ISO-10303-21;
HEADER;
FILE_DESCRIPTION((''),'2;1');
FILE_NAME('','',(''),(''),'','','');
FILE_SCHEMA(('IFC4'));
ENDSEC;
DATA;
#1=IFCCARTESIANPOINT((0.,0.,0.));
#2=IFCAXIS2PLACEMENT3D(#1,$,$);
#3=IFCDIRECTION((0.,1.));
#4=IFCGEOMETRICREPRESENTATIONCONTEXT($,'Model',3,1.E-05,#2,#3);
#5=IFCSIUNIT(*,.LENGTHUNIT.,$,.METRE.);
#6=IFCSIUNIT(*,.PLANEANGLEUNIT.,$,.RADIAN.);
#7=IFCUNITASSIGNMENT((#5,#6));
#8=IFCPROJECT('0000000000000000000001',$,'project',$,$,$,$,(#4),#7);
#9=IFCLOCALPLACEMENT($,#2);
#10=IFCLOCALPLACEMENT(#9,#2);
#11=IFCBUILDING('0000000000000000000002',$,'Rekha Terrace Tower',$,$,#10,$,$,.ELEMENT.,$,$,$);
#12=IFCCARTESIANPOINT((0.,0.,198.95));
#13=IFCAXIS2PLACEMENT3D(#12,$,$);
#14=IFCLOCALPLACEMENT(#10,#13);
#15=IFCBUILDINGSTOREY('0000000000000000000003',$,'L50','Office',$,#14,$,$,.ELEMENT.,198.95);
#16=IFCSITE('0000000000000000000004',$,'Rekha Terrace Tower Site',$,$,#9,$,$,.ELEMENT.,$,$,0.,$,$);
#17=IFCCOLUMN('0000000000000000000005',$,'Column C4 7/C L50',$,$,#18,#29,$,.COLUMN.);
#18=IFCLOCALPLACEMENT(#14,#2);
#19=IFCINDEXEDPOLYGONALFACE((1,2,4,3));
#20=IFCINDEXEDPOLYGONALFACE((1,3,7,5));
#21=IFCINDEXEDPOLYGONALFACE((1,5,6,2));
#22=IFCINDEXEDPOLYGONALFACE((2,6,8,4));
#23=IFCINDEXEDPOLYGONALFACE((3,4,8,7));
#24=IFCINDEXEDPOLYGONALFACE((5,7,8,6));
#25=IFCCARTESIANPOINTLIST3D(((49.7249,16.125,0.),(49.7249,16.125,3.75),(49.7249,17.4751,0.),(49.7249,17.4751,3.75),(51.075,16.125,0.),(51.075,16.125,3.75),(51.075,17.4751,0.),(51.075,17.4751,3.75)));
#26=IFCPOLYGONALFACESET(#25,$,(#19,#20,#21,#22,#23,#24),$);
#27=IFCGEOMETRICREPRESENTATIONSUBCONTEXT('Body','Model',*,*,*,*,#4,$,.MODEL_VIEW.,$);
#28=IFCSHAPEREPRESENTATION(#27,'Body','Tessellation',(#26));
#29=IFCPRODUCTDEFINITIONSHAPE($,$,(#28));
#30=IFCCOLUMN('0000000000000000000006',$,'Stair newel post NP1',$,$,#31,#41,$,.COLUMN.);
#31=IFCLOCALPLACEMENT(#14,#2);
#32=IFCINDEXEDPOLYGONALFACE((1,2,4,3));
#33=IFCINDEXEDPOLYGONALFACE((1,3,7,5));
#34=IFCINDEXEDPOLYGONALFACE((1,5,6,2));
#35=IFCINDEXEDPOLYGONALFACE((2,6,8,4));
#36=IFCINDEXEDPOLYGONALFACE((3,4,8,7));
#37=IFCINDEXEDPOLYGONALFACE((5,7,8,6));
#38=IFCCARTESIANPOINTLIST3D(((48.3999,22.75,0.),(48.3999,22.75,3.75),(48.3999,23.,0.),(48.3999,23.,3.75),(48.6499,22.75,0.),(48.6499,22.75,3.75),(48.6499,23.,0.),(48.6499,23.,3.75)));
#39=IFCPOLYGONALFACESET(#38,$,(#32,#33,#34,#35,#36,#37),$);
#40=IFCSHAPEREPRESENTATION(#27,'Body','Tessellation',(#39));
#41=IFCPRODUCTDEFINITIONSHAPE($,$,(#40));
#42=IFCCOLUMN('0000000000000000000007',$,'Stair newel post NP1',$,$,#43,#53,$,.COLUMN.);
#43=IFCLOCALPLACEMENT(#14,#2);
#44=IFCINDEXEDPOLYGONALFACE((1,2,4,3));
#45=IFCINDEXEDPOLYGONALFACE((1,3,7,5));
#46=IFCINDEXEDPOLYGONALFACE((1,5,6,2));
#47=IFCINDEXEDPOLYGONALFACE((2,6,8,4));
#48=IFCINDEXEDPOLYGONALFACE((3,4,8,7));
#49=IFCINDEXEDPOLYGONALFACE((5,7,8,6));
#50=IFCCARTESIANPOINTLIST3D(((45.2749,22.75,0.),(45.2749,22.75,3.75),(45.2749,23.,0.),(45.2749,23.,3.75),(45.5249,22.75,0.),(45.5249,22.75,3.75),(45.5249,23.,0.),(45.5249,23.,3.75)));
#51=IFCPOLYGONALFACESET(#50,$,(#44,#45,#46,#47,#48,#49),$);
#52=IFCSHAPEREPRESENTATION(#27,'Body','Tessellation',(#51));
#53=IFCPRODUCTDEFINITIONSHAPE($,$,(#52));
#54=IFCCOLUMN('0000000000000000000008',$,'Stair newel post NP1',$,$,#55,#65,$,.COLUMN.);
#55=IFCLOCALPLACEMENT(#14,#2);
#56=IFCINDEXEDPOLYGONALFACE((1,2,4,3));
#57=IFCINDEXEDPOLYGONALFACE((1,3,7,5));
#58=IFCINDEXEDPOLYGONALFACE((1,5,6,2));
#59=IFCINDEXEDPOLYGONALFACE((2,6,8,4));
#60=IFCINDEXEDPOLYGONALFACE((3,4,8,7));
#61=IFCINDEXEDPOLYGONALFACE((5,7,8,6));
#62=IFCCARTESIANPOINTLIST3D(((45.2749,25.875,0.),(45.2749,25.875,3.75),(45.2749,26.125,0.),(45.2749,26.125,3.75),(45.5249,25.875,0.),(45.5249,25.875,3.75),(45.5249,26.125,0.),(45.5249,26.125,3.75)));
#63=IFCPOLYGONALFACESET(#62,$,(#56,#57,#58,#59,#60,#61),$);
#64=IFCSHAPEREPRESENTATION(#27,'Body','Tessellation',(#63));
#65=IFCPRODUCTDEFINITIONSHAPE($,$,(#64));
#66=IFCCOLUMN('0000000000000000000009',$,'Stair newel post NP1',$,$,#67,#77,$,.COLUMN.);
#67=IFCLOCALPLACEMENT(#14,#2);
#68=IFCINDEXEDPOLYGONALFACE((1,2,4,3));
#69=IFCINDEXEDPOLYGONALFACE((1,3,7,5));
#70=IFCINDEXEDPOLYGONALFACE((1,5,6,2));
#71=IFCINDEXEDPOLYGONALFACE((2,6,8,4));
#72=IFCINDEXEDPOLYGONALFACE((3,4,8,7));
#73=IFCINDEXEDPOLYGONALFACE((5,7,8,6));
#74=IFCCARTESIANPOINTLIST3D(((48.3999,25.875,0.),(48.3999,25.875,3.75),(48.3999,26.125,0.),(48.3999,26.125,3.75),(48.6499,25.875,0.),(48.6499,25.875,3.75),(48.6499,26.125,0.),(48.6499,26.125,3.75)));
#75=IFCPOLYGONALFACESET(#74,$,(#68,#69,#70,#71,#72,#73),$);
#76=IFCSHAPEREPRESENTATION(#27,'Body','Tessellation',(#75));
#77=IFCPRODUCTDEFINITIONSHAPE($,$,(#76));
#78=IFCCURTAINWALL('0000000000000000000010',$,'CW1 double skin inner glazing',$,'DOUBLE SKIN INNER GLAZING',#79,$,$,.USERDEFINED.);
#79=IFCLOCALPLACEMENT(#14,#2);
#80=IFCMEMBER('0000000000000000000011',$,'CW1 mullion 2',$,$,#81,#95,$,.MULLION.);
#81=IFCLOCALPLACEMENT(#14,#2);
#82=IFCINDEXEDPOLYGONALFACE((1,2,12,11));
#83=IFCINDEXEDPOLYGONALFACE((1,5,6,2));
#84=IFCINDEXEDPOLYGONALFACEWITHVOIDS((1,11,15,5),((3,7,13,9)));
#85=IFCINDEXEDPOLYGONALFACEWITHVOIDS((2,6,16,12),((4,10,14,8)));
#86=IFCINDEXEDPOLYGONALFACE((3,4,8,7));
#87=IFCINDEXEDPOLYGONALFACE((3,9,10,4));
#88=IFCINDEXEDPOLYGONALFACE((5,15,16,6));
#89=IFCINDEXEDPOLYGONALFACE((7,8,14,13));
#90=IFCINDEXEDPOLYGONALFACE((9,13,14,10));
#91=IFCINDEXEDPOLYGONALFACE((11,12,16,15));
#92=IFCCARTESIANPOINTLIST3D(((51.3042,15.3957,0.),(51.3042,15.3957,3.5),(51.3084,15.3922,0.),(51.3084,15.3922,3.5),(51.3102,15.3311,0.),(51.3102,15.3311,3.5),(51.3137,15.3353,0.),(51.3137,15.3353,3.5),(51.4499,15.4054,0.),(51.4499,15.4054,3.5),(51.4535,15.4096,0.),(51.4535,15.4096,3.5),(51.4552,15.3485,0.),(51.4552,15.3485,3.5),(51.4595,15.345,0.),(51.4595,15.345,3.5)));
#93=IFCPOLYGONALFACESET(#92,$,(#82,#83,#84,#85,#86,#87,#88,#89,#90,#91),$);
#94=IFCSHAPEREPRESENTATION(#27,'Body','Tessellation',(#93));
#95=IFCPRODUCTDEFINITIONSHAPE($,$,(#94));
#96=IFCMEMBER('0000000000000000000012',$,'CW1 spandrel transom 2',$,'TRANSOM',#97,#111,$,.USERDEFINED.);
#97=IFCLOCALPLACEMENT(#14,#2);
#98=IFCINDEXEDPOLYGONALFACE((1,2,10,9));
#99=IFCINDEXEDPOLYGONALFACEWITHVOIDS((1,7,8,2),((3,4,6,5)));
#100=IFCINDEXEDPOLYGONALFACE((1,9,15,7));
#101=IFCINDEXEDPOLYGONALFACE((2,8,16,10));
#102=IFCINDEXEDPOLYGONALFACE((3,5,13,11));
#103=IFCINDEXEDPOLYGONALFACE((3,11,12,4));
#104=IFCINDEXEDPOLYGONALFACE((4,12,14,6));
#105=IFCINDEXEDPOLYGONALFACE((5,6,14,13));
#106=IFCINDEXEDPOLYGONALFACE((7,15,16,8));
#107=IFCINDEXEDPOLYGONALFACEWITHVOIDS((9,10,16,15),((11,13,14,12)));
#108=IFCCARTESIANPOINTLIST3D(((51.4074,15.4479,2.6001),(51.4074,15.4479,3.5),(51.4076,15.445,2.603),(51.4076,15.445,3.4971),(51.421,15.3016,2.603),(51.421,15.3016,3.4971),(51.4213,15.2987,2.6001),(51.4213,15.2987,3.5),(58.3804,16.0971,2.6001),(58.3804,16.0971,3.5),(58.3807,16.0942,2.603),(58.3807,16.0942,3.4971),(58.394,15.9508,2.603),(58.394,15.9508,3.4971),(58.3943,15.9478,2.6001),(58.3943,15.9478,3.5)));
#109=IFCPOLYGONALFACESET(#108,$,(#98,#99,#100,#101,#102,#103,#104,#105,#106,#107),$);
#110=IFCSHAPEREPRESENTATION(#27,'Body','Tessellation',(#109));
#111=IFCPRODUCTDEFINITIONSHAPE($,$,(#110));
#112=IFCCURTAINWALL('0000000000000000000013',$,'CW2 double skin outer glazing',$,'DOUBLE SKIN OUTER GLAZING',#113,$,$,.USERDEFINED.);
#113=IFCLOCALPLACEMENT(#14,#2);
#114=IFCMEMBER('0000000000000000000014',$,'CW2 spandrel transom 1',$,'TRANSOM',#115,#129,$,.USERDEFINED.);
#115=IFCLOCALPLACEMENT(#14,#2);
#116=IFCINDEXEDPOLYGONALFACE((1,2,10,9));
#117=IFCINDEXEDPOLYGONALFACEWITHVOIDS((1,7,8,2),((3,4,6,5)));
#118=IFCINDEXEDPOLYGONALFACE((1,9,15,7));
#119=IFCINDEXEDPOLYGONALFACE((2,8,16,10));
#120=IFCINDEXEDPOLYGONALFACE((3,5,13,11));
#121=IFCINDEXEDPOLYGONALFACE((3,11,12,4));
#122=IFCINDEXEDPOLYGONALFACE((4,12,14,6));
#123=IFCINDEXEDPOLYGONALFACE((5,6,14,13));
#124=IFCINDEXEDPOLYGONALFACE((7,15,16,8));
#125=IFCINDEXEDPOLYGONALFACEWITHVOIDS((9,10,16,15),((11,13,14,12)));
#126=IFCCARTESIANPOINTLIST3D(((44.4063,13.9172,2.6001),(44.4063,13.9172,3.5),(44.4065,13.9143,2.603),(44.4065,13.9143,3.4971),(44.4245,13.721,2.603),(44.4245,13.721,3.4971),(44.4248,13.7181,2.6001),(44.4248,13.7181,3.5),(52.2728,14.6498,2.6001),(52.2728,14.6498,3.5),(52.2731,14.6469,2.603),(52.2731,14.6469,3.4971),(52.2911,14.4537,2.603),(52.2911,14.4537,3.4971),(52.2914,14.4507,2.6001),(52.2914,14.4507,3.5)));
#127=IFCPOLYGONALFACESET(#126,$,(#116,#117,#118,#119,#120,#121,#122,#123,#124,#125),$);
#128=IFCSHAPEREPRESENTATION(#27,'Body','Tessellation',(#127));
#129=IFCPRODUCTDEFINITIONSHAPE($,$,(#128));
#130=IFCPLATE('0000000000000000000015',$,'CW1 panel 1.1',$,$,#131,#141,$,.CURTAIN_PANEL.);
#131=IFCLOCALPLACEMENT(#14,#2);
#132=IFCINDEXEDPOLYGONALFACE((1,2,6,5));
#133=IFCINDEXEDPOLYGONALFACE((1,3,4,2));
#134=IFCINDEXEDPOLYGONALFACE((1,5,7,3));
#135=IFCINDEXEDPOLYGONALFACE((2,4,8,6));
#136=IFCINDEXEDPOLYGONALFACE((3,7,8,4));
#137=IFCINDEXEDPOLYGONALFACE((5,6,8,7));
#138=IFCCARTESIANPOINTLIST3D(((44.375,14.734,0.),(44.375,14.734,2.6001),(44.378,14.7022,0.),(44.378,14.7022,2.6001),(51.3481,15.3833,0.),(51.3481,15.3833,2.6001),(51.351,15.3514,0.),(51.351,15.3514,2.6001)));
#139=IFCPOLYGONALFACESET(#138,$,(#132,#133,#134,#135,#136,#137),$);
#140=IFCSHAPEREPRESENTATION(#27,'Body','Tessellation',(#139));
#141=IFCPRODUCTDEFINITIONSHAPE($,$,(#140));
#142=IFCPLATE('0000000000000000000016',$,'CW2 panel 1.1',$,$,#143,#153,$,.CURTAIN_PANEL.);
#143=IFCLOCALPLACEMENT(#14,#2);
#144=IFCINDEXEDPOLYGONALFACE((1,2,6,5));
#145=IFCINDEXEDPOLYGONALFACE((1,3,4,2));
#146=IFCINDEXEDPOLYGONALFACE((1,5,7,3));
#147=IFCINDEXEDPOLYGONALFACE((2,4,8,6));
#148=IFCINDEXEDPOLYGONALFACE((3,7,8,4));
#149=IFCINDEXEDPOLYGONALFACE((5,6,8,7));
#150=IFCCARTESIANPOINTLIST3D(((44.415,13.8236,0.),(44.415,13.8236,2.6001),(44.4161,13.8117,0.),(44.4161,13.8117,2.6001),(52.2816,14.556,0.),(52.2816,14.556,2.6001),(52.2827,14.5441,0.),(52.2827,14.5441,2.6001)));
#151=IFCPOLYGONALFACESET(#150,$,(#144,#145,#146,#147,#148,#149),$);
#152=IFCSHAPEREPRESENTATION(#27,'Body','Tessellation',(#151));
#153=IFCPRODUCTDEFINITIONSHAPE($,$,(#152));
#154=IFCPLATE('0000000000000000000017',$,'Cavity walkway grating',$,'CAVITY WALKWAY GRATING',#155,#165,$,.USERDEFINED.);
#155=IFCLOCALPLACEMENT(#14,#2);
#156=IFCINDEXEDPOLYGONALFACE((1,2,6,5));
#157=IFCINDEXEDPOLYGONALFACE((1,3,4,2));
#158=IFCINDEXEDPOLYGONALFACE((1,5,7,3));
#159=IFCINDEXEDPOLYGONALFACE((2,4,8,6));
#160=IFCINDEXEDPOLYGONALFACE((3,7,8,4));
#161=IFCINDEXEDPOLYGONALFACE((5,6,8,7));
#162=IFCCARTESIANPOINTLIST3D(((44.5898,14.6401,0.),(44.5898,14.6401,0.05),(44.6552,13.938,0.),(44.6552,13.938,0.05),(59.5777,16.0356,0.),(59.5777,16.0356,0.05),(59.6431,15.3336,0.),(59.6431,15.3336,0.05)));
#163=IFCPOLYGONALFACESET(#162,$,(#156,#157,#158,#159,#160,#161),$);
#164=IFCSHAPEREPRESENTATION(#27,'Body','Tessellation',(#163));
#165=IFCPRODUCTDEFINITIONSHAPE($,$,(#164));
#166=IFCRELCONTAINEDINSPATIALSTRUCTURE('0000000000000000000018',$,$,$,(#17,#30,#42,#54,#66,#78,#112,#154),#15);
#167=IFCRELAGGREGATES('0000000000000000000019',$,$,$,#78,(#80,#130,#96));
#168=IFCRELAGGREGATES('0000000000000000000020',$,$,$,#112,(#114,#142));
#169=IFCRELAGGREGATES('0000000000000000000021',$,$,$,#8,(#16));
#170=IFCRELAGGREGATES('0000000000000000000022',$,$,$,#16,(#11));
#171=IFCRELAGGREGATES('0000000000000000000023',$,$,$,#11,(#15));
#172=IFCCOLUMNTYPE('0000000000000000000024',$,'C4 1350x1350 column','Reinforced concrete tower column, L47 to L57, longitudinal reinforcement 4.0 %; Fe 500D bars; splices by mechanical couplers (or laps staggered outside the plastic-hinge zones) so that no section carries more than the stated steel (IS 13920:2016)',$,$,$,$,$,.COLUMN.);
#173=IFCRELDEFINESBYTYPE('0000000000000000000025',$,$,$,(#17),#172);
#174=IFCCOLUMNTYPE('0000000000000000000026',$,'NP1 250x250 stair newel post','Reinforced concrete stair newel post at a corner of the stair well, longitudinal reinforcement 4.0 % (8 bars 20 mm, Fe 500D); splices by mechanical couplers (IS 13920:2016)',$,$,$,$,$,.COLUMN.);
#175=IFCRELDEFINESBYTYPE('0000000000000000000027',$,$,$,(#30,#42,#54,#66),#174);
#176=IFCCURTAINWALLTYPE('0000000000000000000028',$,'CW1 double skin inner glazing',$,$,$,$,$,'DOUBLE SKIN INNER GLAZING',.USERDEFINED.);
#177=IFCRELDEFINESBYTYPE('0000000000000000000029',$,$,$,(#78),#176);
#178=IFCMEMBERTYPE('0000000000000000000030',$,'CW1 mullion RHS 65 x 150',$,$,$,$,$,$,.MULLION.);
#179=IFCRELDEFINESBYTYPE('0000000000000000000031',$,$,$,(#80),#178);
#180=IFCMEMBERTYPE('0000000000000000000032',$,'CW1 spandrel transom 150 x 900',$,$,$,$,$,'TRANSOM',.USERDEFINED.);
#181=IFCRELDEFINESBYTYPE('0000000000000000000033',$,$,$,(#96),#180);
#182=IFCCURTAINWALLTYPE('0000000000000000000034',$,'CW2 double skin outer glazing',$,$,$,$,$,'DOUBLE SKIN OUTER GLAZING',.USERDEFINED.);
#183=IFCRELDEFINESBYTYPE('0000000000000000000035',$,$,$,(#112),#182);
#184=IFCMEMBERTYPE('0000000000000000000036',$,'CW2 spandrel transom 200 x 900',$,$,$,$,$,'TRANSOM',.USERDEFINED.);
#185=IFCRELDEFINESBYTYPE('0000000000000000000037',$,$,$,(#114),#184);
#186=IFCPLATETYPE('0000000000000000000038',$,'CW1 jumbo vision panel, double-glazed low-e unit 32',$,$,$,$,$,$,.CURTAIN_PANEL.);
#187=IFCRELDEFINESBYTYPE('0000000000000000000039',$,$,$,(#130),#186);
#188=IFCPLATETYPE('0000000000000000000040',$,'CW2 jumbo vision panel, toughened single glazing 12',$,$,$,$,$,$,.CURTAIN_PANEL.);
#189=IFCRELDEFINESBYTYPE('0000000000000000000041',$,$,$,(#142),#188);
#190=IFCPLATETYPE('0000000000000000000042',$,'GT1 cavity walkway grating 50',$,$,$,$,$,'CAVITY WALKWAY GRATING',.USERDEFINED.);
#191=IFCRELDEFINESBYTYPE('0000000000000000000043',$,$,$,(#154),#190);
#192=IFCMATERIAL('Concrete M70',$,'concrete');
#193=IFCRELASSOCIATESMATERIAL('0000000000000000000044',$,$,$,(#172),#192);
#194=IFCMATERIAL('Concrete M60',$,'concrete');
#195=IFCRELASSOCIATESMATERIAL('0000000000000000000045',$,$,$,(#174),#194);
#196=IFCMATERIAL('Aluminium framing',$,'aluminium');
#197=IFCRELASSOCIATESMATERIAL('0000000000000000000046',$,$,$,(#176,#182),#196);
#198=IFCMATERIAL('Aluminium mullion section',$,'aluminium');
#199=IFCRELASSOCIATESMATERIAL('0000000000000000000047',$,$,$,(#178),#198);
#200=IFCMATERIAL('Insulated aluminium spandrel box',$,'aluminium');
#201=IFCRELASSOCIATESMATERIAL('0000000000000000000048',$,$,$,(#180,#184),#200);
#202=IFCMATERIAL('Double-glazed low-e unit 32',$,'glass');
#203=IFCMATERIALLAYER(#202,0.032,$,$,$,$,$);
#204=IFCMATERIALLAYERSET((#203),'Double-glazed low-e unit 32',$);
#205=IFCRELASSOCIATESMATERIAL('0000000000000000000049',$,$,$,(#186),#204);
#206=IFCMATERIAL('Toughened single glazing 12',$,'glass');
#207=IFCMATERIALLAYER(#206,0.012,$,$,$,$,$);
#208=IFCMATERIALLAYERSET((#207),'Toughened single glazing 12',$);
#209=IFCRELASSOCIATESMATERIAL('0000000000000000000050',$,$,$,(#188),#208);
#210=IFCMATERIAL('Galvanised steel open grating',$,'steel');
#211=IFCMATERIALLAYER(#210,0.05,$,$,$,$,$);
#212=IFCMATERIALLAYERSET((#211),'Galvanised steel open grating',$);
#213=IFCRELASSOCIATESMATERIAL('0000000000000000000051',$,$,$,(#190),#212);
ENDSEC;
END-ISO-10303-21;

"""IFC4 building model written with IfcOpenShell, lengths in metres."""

from ifc_helpers import new_model, si_unit, direction, frame, origin, origin_2d, place, context, subcontext, project, spatial, rectangle, hollow_rectangle, extrude, material, layer, layer_set, material_profile, profile_set, type_object, element, aggregate, save


model = new_model("IFC4")

# Units and contexts
model_context = context("Model", 3, precision=1e-05, world=origin(), true_north=direction((0.0, 1.0)))
body_context = subcontext(model_context, "Body", "Model", "MODEL_VIEW")
ifc_project = project(units=[si_unit("LENGTHUNIT", "METRE"), si_unit("PLANEANGLEUNIT", "RADIAN")], contexts=[model_context])

# Site, building, storey
site_placement = place(None, origin())
site = spatial("IfcSite", under=ifc_project, at=site_placement, Name="Rekha Terrace Tower Site", CompositionType="ELEMENT", RefElevation=0.0)
building_placement = place(site_placement, origin())
building = spatial("IfcBuilding", under=site, at=building_placement, Name="Rekha Terrace Tower", CompositionType="ELEMENT")
storey_placement = place(building_placement, frame((0.0, 0.0, 198.95)))
storey = spatial("IfcBuildingStorey", under=building, at=storey_placement, Name="L50", Description="Office", CompositionType="ELEMENT", Elevation=198.95)

# Columns
ifc_material_1 = material(Name="Concrete M70", Category="concrete")
ifc_material_profile_1 = material_profile(ifc_material_1, rectangle(XDim=1.3501, YDim=1.3501, at=origin_2d()), Name="RC 1350x1350")
ifc_profile_set_1 = profile_set([ifc_material_profile_1], Name="Concrete M70")
column_type_1 = type_object("IfcColumnType", Name="C4 1350x1350 column", Description="Reinforced concrete tower column, L47 to L57, longitudinal reinforcement 4.0 %; Fe 500D bars; splices by mechanical couplers (or laps staggered outside the plastic-hinge zones) so that no section carries more than the stated steel (IS 13920:2016)", PredefinedType="COLUMN", material=ifc_profile_set_1)
column_placement = place(storey_placement, frame((50.3999, 16.8, 0.0), z_axis=(0.0, 0.0, 1.0), x_axis=(1.0, 0.0, 0.0)))
element("IfcColumn", 1, at=column_placement, inside=storey, type_object=column_type_1, Name="Column C4 7/C L50", PredefinedType="COLUMN", context=body_context, shape_type="SweptSolid", body=[
    extrude(rectangle(XDim=1.3501, YDim=1.3501, at=origin_2d()), origin(), (0.0, 0.0, 1.0), 3.75),
])
ifc_material_2 = material(Name="Concrete M60", Category="concrete")
ifc_material_profile_2 = material_profile(ifc_material_2, rectangle(XDim=0.25, YDim=0.25, at=origin_2d()), Name="RC 250x250")
ifc_profile_set_2 = profile_set([ifc_material_profile_2], Name="Concrete M60")
column_type_2 = type_object("IfcColumnType", Name="NP1 250x250 stair newel post", Description="Reinforced concrete stair newel post at a corner of the stair well, longitudinal reinforcement 4.0 % (8 bars 20 mm, Fe 500D); splices by mechanical couplers (IS 13920:2016)", PredefinedType="COLUMN", material=ifc_profile_set_2)
for number, where, z_axis, x_axis, name in (
    (2, (48.5249, 22.875, 0.0), (0.0, 0.0, 1.0), (1.0, 0.0, 0.0), "Stair newel post NP1"),
    (3, (45.3999, 22.875, 0.0), (0.0, 0.0, 1.0), (1.0, 0.0, 0.0), "Stair newel post NP1"),
    (4, (45.3999, 26.0, 0.0), (0.0, 0.0, 1.0), (1.0, 0.0, 0.0), "Stair newel post NP1"),
    (5, (48.5249, 26.0, 0.0), (0.0, 0.0, 1.0), (1.0, 0.0, 0.0), "Stair newel post NP1"),
):
    element("IfcColumn", number, at=place(storey_placement, frame(where, z_axis=z_axis, x_axis=x_axis)), inside=storey, type_object=column_type_2, Name=name, PredefinedType="COLUMN", context=body_context, shape_type="SweptSolid", body=[
        extrude(rectangle(XDim=0.25, YDim=0.25, at=origin_2d()), origin(), (0.0, 0.0, 1.0), 3.75),
    ])

# Curtain wall, members
ifc_material_3 = material(Name="Aluminium framing", Category="aluminium")
curtain_wall_type_1 = type_object("IfcCurtainWallType", Name="CW1 double skin inner glazing", ElementType="DOUBLE SKIN INNER GLAZING", PredefinedType="USERDEFINED", material=ifc_material_3)
curtain_wall_1_placement = place(storey_placement, origin())
curtain_wall_1 = element("IfcCurtainWall", 6, at=curtain_wall_1_placement, inside=storey, type_object=curtain_wall_type_1, Name="CW1 double skin inner glazing", ObjectType="DOUBLE SKIN INNER GLAZING", PredefinedType="USERDEFINED")
ifc_material_4 = material(Name="Aluminium mullion section", Category="aluminium")
ifc_material_profile_3 = material_profile(ifc_material_4, hollow_rectangle(XDim=0.0649, YDim=0.1499, WallThickness=0.0039, at=origin_2d()), Name="AL RHS 65x150")
ifc_profile_set_3 = profile_set([ifc_material_profile_3], Name="Aluminium mullion section")
member_type_1 = type_object("IfcMemberType", Name="CW1 mullion RHS 65 x 150", PredefinedType="MULLION", material=ifc_profile_set_3)
member_1_placement = place(storey_placement, frame((51.3818, 15.3704, 0.0), z_axis=(0.0, 0.0, 1.0), x_axis=(-0.092709, 0.995693, 0.0)))
member_1 = element("IfcMember", 7, at=member_1_placement, type_object=member_type_1, Name="CW1 mullion 2", PredefinedType="MULLION", context=body_context, shape_type="SweptSolid", body=[
    extrude(hollow_rectangle(XDim=0.0649, YDim=0.1499, WallThickness=0.0039, at=origin_2d()), origin(), (0.0, 0.0, 1.0), 3.5),
])
ifc_material_5 = material(Name="Insulated aluminium spandrel box", Category="aluminium")
ifc_material_profile_4 = material_profile(ifc_material_5, hollow_rectangle(XDim=0.1499, YDim=0.8999, WallThickness=0.0029, at=origin_2d()), Name="AL SPANDREL BOX 150x900")
ifc_profile_set_4 = profile_set([ifc_material_profile_4], Name="Insulated aluminium spandrel box")
member_type_2 = type_object("IfcMemberType", Name="CW1 spandrel transom 150 x 900", ElementType="TRANSOM", PredefinedType="USERDEFINED", material=ifc_profile_set_4)
member_2_placement = place(storey_placement, frame((51.4143, 15.3733, 3.05), z_axis=(0.995694, 0.092698, 0.0), x_axis=(-0.092698, 0.995694, 0.0)))
member_2 = element("IfcMember", 8, at=member_2_placement, type_object=member_type_2, Name="CW1 spandrel transom 2", ObjectType="TRANSOM", PredefinedType="USERDEFINED", context=body_context, shape_type="SweptSolid", body=[
    extrude(hollow_rectangle(XDim=0.1499, YDim=0.8999, WallThickness=0.0029, at=origin_2d()), origin(), (0.0, 0.0, 1.0), 7.0032),
])

# Curtain wall, member
curtain_wall_type_2 = type_object("IfcCurtainWallType", Name="CW2 double skin outer glazing", ElementType="DOUBLE SKIN OUTER GLAZING", PredefinedType="USERDEFINED", material=ifc_material_3)
curtain_wall_2_placement = place(storey_placement, origin())
curtain_wall_2 = element("IfcCurtainWall", 9, at=curtain_wall_2_placement, inside=storey, type_object=curtain_wall_type_2, Name="CW2 double skin outer glazing", ObjectType="DOUBLE SKIN OUTER GLAZING", PredefinedType="USERDEFINED")
ifc_material_profile_5 = material_profile(ifc_material_5, hollow_rectangle(XDim=0.2, YDim=0.8999, WallThickness=0.0029, at=origin_2d()), Name="AL SPANDREL BOX 200x900")
ifc_profile_set_5 = profile_set([ifc_material_profile_5], Name="Insulated aluminium spandrel box")
member_type_3 = type_object("IfcMemberType", Name="CW2 spandrel transom 200 x 900", ElementType="TRANSOM", PredefinedType="USERDEFINED", material=ifc_profile_set_5)
member_3_placement = place(storey_placement, frame((44.4155, 13.8176, 3.05), z_axis=(0.995691, 0.092734, 0.0), x_axis=(-0.092734, 0.995691, 0.0)))
member_3 = element("IfcMember", 10, at=member_3_placement, type_object=member_type_3, Name="CW2 spandrel transom 1", ObjectType="TRANSOM", PredefinedType="USERDEFINED", context=body_context, shape_type="SweptSolid", body=[
    extrude(hollow_rectangle(XDim=0.2, YDim=0.8999, WallThickness=0.0029, at=origin_2d()), origin(), (0.0, 0.0, 1.0), 7.9006),
])

# Plates
ifc_material_6 = material(Name="Double-glazed low-e unit 32", Category="glass")
ifc_layer_1 = layer(ifc_material_6, 0.032)
ifc_layer_set_1 = layer_set([ifc_layer_1], Name="Double-glazed low-e unit 32")
plate_type_1 = type_object("IfcPlateType", Name="CW1 jumbo vision panel, double-glazed low-e unit 32", PredefinedType="CURTAIN_PANEL", material=ifc_layer_set_1)
plate_1_placement = place(storey_placement, frame((47.863, 15.0427, 0.0), z_axis=(0.0, 0.0, 1.0), x_axis=(0.995693, 0.092709, 0.0)))
plate_1 = element("IfcPlate", 11, at=plate_1_placement, type_object=plate_type_1, Name="CW1 panel 1.1", PredefinedType="CURTAIN_PANEL", context=body_context, shape_type="SweptSolid", body=[
    extrude(rectangle(XDim=7.0032, YDim=0.032, at=origin_2d()), origin(), (0.0, 0.0, 1.0), 2.6001),
])
aggregate(curtain_wall_1, [member_1, plate_1, member_2])
ifc_material_7 = material(Name="Toughened single glazing 12", Category="glass")
ifc_layer_2 = layer(ifc_material_7, 0.012)
ifc_layer_set_2 = layer_set([ifc_layer_2], Name="Toughened single glazing 12")
plate_type_2 = type_object("IfcPlateType", Name="CW2 jumbo vision panel, toughened single glazing 12", PredefinedType="CURTAIN_PANEL", material=ifc_layer_set_2)
plate_2_placement = place(storey_placement, frame((48.3489, 14.1838, 0.0), z_axis=(0.0, 0.0, 1.0), x_axis=(0.995693, 0.092709, 0.0)))
plate_2 = element("IfcPlate", 12, at=plate_2_placement, type_object=plate_type_2, Name="CW2 panel 1.1", PredefinedType="CURTAIN_PANEL", context=body_context, shape_type="SweptSolid", body=[
    extrude(rectangle(XDim=7.9006, YDim=0.012, at=origin_2d()), origin(), (0.0, 0.0, 1.0), 2.6001),
])
aggregate(curtain_wall_2, [member_3, plate_2])
ifc_material_8 = material(Name="Galvanised steel open grating", Category="steel")
ifc_layer_3 = layer(ifc_material_8, 0.05)
ifc_layer_set_3 = layer_set([ifc_layer_3], Name="Galvanised steel open grating")
plate_type_3 = type_object("IfcPlateType", Name="GT1 cavity walkway grating 50", ElementType="CAVITY WALKWAY GRATING", PredefinedType="USERDEFINED", material=ifc_layer_set_3)
plate_3_placement = place(storey_placement, frame((52.1165, 14.9868, 0.0), z_axis=(0.0, 0.0, 1.0), x_axis=(0.995693, 0.092709, 0.0)))
element("IfcPlate", 13, at=plate_3_placement, inside=storey, type_object=plate_type_3, Name="Cavity walkway grating", ObjectType="CAVITY WALKWAY GRATING", PredefinedType="USERDEFINED", context=body_context, shape_type="SweptSolid", body=[
    extrude(rectangle(XDim=15.0527, YDim=0.7051, at=origin_2d()), origin(), (0.0, 0.0, 1.0), 0.05),
])

save(model, "model.ifc")
